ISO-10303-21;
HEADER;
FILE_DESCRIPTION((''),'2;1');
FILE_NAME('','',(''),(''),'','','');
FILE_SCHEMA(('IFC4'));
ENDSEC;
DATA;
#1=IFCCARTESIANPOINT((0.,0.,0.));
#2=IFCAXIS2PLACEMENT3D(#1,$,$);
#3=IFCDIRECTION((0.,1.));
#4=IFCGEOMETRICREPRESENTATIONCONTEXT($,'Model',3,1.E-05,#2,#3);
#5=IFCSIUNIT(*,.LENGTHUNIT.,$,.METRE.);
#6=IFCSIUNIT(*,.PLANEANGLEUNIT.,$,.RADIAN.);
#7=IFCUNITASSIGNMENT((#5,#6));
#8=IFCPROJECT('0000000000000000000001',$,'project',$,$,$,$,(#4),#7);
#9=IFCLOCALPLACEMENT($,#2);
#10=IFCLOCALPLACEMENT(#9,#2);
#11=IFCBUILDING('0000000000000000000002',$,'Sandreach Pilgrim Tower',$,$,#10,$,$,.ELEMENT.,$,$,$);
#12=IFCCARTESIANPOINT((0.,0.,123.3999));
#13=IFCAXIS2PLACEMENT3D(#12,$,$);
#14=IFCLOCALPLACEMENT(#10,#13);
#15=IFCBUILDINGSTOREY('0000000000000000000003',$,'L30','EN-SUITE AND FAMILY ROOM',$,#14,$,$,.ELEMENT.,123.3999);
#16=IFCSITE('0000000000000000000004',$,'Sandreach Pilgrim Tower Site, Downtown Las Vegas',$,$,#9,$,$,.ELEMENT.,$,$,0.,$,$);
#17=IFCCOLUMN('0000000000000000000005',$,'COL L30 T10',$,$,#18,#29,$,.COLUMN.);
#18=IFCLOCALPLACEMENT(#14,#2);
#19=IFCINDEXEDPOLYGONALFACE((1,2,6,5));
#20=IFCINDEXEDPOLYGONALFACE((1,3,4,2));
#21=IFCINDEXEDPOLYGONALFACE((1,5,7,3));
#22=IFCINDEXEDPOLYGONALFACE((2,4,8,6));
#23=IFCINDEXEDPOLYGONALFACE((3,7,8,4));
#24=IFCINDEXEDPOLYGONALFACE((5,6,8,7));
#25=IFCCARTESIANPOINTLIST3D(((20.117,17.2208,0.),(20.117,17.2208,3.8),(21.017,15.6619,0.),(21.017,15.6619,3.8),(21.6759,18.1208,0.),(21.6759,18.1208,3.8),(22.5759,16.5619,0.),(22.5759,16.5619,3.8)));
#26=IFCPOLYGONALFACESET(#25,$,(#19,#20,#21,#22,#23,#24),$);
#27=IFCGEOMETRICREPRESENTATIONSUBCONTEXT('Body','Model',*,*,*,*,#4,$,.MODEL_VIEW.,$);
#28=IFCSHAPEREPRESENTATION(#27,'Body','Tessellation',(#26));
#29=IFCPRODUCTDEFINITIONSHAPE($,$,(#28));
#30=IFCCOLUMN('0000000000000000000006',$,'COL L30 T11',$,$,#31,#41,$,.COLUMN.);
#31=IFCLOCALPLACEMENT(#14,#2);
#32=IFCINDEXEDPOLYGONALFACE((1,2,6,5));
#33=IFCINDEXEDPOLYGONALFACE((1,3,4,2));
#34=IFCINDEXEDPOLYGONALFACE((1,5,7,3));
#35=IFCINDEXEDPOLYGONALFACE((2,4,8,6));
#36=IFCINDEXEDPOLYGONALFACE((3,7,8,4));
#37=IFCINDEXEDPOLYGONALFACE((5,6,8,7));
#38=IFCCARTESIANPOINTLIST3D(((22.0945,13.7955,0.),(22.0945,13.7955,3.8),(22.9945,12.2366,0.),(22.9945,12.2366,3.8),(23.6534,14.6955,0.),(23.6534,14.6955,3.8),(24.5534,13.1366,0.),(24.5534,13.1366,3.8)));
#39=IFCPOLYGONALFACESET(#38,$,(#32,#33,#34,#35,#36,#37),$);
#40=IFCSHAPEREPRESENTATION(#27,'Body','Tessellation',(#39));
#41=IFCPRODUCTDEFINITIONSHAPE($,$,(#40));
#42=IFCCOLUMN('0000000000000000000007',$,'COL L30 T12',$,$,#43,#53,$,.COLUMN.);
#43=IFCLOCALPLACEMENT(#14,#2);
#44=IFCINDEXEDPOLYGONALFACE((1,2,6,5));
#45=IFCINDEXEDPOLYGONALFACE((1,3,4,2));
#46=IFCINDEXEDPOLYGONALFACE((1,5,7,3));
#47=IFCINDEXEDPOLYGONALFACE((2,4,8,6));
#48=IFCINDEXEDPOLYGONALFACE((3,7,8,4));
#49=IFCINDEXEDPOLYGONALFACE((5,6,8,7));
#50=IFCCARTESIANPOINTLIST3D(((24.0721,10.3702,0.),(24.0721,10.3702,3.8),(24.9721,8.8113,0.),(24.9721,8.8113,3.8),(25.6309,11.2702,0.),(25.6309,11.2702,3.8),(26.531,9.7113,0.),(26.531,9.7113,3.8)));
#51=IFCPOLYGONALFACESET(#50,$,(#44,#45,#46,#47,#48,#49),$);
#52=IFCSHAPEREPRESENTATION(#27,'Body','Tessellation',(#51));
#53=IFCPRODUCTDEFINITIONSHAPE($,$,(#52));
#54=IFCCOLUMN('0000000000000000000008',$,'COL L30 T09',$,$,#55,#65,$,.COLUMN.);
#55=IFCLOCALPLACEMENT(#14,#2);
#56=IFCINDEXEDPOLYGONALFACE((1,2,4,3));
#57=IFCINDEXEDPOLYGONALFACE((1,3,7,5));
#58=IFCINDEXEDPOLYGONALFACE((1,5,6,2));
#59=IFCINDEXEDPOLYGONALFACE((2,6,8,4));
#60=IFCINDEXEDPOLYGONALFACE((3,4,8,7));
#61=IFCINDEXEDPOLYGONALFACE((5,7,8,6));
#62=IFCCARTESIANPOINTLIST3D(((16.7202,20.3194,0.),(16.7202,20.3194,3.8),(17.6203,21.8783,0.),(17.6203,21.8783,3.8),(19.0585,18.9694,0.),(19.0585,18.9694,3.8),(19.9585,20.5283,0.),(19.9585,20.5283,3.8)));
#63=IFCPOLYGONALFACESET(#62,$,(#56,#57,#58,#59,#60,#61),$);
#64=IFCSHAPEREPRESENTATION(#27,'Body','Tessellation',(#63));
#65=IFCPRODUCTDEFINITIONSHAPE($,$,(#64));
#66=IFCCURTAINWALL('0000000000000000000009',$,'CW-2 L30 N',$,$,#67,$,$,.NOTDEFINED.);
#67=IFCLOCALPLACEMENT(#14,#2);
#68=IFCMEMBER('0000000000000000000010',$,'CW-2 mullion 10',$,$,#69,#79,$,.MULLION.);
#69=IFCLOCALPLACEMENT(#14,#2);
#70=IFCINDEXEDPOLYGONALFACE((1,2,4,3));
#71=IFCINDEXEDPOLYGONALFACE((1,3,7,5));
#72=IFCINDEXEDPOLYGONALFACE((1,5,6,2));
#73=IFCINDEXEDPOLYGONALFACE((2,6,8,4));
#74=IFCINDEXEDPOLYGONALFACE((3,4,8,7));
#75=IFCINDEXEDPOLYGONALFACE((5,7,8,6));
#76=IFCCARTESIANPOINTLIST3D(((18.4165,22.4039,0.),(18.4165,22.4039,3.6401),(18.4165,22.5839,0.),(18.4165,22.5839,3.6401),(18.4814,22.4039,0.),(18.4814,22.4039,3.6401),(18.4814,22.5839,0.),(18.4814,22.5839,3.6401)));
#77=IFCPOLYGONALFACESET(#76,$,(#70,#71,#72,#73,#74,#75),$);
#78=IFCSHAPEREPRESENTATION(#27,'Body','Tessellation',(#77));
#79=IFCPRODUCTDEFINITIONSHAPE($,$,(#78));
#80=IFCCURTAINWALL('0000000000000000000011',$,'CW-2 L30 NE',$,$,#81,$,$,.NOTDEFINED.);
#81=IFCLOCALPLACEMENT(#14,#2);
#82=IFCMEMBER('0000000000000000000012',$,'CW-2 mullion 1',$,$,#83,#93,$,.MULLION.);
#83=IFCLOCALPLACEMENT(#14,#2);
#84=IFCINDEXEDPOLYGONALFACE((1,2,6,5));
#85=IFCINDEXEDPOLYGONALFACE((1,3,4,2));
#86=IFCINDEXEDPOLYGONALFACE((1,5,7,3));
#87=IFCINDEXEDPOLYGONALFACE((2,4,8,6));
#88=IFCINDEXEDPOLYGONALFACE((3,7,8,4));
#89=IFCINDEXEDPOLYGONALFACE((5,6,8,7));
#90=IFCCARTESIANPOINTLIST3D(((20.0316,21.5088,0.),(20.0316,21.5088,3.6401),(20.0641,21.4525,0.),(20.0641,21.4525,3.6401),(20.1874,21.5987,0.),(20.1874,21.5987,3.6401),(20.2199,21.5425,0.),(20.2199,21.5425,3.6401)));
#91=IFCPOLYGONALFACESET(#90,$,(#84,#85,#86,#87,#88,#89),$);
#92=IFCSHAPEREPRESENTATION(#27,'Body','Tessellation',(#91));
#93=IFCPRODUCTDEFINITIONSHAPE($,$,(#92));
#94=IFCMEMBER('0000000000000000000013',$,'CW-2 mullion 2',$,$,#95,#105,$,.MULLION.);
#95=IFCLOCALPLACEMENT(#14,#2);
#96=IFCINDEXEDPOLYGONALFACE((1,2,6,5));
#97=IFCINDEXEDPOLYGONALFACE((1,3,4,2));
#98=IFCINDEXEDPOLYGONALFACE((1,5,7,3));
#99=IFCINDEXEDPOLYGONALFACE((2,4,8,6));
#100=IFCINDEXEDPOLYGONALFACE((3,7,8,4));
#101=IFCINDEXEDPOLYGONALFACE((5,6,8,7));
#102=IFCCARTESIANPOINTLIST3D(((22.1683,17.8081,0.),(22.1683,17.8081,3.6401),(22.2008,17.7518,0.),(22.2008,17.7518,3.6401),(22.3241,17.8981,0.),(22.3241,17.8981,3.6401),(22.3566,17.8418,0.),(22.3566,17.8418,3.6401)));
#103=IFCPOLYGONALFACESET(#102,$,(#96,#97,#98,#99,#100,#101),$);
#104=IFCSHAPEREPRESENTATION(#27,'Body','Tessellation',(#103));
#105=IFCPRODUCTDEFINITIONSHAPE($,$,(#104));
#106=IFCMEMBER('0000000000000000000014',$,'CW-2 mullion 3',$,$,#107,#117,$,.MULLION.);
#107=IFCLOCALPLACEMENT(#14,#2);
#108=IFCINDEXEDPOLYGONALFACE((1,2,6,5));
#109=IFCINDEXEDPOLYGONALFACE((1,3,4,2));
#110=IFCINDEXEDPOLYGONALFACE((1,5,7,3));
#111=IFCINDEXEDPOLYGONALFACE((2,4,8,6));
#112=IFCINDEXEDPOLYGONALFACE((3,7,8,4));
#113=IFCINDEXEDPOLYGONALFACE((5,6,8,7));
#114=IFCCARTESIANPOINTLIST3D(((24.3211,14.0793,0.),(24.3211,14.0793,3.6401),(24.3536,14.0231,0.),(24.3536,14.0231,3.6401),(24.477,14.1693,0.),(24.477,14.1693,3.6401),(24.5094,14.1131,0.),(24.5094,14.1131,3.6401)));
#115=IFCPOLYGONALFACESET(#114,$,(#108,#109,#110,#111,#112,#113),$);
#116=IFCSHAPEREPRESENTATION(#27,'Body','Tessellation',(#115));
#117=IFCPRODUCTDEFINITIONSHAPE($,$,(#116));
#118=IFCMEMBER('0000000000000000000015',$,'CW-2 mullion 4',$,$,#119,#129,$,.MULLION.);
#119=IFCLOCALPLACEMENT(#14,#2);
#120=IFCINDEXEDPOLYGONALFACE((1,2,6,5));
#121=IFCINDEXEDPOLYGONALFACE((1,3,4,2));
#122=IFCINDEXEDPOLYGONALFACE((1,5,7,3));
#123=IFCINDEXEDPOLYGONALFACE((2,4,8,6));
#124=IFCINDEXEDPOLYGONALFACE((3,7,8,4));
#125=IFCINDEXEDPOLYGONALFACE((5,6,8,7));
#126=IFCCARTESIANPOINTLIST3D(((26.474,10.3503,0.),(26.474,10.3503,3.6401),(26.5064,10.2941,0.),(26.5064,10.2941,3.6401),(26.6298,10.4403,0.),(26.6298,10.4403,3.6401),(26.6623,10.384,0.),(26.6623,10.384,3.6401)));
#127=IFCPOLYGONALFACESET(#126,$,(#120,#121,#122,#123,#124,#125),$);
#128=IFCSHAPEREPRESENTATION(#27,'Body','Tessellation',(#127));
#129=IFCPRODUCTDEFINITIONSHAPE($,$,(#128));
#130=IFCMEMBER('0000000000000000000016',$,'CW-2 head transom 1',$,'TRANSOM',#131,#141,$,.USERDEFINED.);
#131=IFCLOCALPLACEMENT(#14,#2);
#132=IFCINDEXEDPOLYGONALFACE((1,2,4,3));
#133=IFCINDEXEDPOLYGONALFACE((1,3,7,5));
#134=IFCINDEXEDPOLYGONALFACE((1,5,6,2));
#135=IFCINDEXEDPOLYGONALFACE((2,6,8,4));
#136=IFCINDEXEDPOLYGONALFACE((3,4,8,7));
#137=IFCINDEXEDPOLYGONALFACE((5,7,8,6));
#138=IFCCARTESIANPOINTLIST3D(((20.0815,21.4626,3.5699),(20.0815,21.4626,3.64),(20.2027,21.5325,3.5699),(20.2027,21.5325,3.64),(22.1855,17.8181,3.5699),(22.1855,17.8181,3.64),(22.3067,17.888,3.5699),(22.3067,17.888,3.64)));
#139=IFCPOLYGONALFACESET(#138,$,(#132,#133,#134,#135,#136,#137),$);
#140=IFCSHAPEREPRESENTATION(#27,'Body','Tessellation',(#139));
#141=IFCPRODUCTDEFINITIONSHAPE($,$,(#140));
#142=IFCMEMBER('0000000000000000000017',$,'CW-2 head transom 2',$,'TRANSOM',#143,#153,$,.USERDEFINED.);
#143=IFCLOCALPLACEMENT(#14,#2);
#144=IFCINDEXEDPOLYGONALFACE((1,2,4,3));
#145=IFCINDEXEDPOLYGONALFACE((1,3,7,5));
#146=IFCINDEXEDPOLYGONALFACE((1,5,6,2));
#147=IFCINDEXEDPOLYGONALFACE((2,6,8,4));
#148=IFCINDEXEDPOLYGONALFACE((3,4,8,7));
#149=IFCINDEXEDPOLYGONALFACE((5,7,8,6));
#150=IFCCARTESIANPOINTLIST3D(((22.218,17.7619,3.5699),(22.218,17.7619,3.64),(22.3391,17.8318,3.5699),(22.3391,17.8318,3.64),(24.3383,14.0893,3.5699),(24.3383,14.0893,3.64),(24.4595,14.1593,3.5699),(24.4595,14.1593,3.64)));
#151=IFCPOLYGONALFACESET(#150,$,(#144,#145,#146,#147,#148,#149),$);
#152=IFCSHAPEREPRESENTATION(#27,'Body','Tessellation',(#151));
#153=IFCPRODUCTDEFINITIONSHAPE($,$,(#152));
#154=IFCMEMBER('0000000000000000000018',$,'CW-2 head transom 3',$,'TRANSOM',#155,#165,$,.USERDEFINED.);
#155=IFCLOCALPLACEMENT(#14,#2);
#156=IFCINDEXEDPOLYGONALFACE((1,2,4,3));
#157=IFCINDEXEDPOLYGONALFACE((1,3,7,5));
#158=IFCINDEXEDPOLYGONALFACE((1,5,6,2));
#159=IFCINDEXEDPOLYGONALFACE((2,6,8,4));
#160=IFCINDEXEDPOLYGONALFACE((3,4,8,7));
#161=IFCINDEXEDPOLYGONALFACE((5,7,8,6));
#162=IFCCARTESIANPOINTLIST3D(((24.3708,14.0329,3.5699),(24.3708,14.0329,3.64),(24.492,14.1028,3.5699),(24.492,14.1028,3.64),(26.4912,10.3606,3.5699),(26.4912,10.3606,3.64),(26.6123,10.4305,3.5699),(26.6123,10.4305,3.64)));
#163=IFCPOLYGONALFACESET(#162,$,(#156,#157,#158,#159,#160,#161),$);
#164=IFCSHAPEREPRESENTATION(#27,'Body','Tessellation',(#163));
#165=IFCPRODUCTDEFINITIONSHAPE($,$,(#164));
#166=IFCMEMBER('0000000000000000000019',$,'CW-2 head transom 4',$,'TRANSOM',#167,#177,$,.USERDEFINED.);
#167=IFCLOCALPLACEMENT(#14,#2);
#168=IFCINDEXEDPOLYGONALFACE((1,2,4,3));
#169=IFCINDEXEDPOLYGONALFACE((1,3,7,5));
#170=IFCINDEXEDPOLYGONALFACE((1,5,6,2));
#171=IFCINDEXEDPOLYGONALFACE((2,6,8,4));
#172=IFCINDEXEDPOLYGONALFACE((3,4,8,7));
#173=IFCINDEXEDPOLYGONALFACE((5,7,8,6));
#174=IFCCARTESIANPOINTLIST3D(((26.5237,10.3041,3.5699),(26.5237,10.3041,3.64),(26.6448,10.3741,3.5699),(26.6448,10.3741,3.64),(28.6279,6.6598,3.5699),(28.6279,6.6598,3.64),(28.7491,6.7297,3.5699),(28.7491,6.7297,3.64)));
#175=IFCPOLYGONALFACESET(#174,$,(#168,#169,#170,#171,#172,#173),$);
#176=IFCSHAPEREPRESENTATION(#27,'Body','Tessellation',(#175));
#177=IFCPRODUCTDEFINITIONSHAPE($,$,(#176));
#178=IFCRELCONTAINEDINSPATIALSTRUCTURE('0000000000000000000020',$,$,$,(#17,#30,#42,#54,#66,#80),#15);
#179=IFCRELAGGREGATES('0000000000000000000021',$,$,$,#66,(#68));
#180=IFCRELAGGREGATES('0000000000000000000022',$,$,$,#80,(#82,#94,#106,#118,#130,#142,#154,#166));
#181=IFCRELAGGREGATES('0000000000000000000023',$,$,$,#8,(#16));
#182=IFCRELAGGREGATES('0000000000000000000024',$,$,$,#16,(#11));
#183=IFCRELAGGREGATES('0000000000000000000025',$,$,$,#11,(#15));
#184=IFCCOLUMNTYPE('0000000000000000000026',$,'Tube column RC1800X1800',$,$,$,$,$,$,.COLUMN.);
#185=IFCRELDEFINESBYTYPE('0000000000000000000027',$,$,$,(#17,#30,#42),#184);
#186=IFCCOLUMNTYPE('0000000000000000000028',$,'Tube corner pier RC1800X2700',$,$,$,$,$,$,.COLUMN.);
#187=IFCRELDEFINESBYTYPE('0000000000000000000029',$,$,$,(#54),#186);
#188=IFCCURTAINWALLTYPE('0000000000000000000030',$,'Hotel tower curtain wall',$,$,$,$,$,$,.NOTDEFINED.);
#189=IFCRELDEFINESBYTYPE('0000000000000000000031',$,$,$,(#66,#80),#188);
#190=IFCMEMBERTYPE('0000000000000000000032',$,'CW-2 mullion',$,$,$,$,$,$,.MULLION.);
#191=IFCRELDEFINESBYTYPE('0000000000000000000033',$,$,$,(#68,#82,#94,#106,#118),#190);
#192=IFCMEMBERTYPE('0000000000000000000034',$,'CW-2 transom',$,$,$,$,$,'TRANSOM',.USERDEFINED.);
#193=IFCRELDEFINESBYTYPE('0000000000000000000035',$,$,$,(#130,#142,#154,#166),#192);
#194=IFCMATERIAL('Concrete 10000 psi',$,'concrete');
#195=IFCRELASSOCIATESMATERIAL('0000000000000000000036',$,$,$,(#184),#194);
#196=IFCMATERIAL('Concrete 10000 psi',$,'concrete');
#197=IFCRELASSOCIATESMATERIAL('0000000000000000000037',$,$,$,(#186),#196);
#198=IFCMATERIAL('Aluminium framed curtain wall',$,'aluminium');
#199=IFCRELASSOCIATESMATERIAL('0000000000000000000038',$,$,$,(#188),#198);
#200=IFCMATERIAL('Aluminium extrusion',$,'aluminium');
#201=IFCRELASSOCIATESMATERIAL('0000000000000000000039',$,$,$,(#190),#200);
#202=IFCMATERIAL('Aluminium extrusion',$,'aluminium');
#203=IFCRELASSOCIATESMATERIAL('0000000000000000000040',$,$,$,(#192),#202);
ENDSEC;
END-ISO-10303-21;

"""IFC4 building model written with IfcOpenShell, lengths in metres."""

from ifc_helpers import new_model, si_unit, direction, frame, origin, origin_2d, place, context, subcontext, project, spatial, rectangle, extrude, material, material_profile, profile_set, type_object, element, aggregate, save


model = new_model("IFC4")

# Units and contexts
model_context = context("Model", 3, precision=1e-05, world=origin(), true_north=direction((0.0, 1.0)))
body_context = subcontext(model_context, "Body", "Model", "MODEL_VIEW")
ifc_project = project(units=[si_unit("LENGTHUNIT", "METRE"), si_unit("PLANEANGLEUNIT", "RADIAN")], contexts=[model_context])

# Site, building, storey
site_placement = place(None, origin())
site = spatial("IfcSite", under=ifc_project, at=site_placement, Name="Sandreach Pilgrim Tower Site, Downtown Las Vegas", CompositionType="ELEMENT", RefElevation=0.0)
building_placement = place(site_placement, origin())
building = spatial("IfcBuilding", under=site, at=building_placement, Name="Sandreach Pilgrim Tower", CompositionType="ELEMENT")
storey_placement = place(building_placement, frame((0.0, 0.0, 123.3999)))
storey = spatial("IfcBuildingStorey", under=building, at=storey_placement, Name="L30", Description="EN-SUITE AND FAMILY ROOM", CompositionType="ELEMENT", Elevation=123.3999)

# Columns
ifc_material_1 = material(Name="Concrete 10000 psi", Category="concrete")
ifc_material_profile_1 = material_profile(ifc_material_1, rectangle(XDim=1.8, YDim=1.8, at=origin_2d()), Name="RC1800X1800")
ifc_profile_set_1 = profile_set([ifc_material_profile_1], Name="Concrete 10000 psi")
column_type_1 = type_object("IfcColumnType", Name="Tube column RC1800X1800", PredefinedType="COLUMN", material=ifc_profile_set_1)
for number, where, z_axis, x_axis, name in (
    (1, (21.3464, 16.8914, 0.0), (0.0, 0.0, 1.0), (0.866025, 0.5, 0.0), "COL L30 T10"),
    (2, (23.324, 13.4661, 0.0), (0.0, 0.0, 1.0), (0.866025, 0.5, 0.0), "COL L30 T11"),
    (3, (25.3015, 10.0408, 0.0), (0.0, 0.0, 1.0), (0.866025, 0.5, 0.0), "COL L30 T12"),
):
    element("IfcColumn", number, at=place(storey_placement, frame(where, z_axis=z_axis, x_axis=x_axis)), inside=storey, type_object=column_type_1, Name=name, PredefinedType="COLUMN", context=body_context, shape_type="SweptSolid", body=[
        extrude(rectangle(XDim=1.8, YDim=1.8, at=origin_2d()), origin(), (0.0, 0.0, 1.0), 3.8),
    ])
ifc_material_2 = material(Name="Concrete 10000 psi", Category="concrete")
ifc_material_profile_2 = material_profile(ifc_material_2, rectangle(XDim=1.8, YDim=2.7, at=origin_2d()), Name="RC1800X2700")
ifc_profile_set_2 = profile_set([ifc_material_profile_2], Name="Concrete 10000 psi")
column_type_2 = type_object("IfcColumnType", Name="Tube corner pier RC1800X2700", PredefinedType="COLUMN", material=ifc_profile_set_2)
column_placement = place(storey_placement, frame((18.3394, 20.4238, 0.0), z_axis=(0.0, 0.0, 1.0), x_axis=(0.5, 0.866025, 0.0)))
element("IfcColumn", 4, at=column_placement, inside=storey, type_object=column_type_2, Name="COL L30 T09", PredefinedType="COLUMN", context=body_context, shape_type="SweptSolid", body=[
    extrude(rectangle(XDim=1.8, YDim=2.7, at=origin_2d()), origin(), (0.0, 0.0, 1.0), 3.8),
])

# Curtain wall, member
ifc_material_3 = material(Name="Aluminium framed curtain wall", Category="aluminium")
curtain_wall_type = type_object("IfcCurtainWallType", Name="Hotel tower curtain wall", PredefinedType="NOTDEFINED", material=ifc_material_3)
curtain_wall_1_placement = place(storey_placement, origin())
curtain_wall_1 = element("IfcCurtainWall", 5, at=curtain_wall_1_placement, inside=storey, type_object=curtain_wall_type, Name="CW-2 L30 N", PredefinedType="NOTDEFINED")
ifc_material_4 = material(Name="Aluminium extrusion", Category="aluminium")
ifc_material_profile_3 = material_profile(ifc_material_4, rectangle(XDim=0.0649, YDim=0.1799, at=origin_2d()), Name="CW-2M 65X180")
ifc_profile_set_3 = profile_set([ifc_material_profile_3], Name="Aluminium extrusion")
member_type_1 = type_object("IfcMemberType", Name="CW-2 mullion", PredefinedType="MULLION", material=ifc_profile_set_3)
member_1_placement = place(storey_placement, frame((18.449, 22.4939, 0.0), z_axis=(0.0, 0.0, 1.0), x_axis=(1.0, 0.0, 0.0)))
member_1 = element("IfcMember", 6, at=member_1_placement, type_object=member_type_1, Name="CW-2 mullion 10", PredefinedType="MULLION", context=body_context, shape_type="SweptSolid", body=[
    extrude(rectangle(XDim=0.0649, YDim=0.1799, at=origin_2d()), origin(), (0.0, 0.0, 1.0), 3.6401),
])

# Curtain wall, members
curtain_wall_2_placement = place(storey_placement, origin())
curtain_wall_2 = element("IfcCurtainWall", 7, at=curtain_wall_2_placement, inside=storey, type_object=curtain_wall_type, Name="CW-2 L30 NE", PredefinedType="NOTDEFINED")
member_2_placement = place(storey_placement, frame((20.1257, 21.5256, 0.0), z_axis=(0.0, 0.0, 1.0), x_axis=(0.5, -0.866025, 0.0)))
member_2 = element("IfcMember", 8, at=member_2_placement, type_object=member_type_1, Name="CW-2 mullion 1", PredefinedType="MULLION", context=body_context, shape_type="SweptSolid", body=[
    extrude(rectangle(XDim=0.0649, YDim=0.1799, at=origin_2d()), origin(), (0.0, 0.0, 1.0), 3.6401),
])
member_3_placement = place(storey_placement, frame((22.2625, 17.825, 0.0), z_axis=(0.0, 0.0, 1.0), x_axis=(0.5, -0.866025, 0.0)))
member_3 = element("IfcMember", 9, at=member_3_placement, type_object=member_type_1, Name="CW-2 mullion 2", PredefinedType="MULLION", context=body_context, shape_type="SweptSolid", body=[
    extrude(rectangle(XDim=0.0649, YDim=0.1799, at=origin_2d()), origin(), (0.0, 0.0, 1.0), 3.6401),
])
member_4_placement = place(storey_placement, frame((24.4153, 14.0962, 0.0), z_axis=(0.0, 0.0, 1.0), x_axis=(0.5, -0.866025, 0.0)))
member_4 = element("IfcMember", 10, at=member_4_placement, type_object=member_type_1, Name="CW-2 mullion 3", PredefinedType="MULLION", context=body_context, shape_type="SweptSolid", body=[
    extrude(rectangle(XDim=0.0649, YDim=0.1799, at=origin_2d()), origin(), (0.0, 0.0, 1.0), 3.6401),
])
member_5_placement = place(storey_placement, frame((26.5681, 10.3672, 0.0), z_axis=(0.0, 0.0, 1.0), x_axis=(0.5, -0.866025, 0.0)))
member_5 = element("IfcMember", 11, at=member_5_placement, type_object=member_type_1, Name="CW-2 mullion 4", PredefinedType="MULLION", context=body_context, shape_type="SweptSolid", body=[
    extrude(rectangle(XDim=0.0649, YDim=0.1799, at=origin_2d()), origin(), (0.0, 0.0, 1.0), 3.6401),
])
ifc_material_5 = material(Name="Aluminium extrusion", Category="aluminium")
ifc_material_profile_4 = material_profile(ifc_material_5, rectangle(XDim=0.1399, YDim=0.0701, at=origin_2d()), Name="CW-2T 140X70")
ifc_profile_set_4 = profile_set([ifc_material_profile_4], Name="Aluminium extrusion")
member_type_2 = type_object("IfcMemberType", Name="CW-2 transom", ElementType="TRANSOM", PredefinedType="USERDEFINED", material=ifc_profile_set_4)
member_6_placement = place(storey_placement, frame((20.1421, 21.4976, 3.605), z_axis=(0.49997, -0.866043, 0.0), x_axis=(0.866043, 0.49997, 0.0)))
member_6 = element("IfcMember", 12, at=member_6_placement, type_object=member_type_2, Name="CW-2 head transom 1", ObjectType="TRANSOM", PredefinedType="USERDEFINED", context=body_context, shape_type="SweptSolid", body=[
    extrude(rectangle(XDim=0.1399, YDim=0.0701, at=origin_2d()), origin(), (0.0, 0.0, 1.0), 4.2083),
])
member_7_placement = place(storey_placement, frame((22.2786, 17.7969, 3.605), z_axis=(0.499997, -0.866027, 0.0), x_axis=(0.866027, 0.499997, 0.0)))
member_7 = element("IfcMember", 13, at=member_7_placement, type_object=member_type_2, Name="CW-2 head transom 2", ObjectType="TRANSOM", PredefinedType="USERDEFINED", context=body_context, shape_type="SweptSolid", body=[
    extrude(rectangle(XDim=0.1399, YDim=0.0701, at=origin_2d()), origin(), (0.0, 0.0, 1.0), 4.2407),
])
member_8_placement = place(storey_placement, frame((24.4314, 14.0679, 3.605), z_axis=(0.500021, -0.866013, 0.0), x_axis=(0.866013, 0.500021, 0.0)))
member_8 = element("IfcMember", 14, at=member_8_placement, type_object=member_type_2, Name="CW-2 head transom 3", ObjectType="TRANSOM", PredefinedType="USERDEFINED", context=body_context, shape_type="SweptSolid", body=[
    extrude(rectangle(XDim=0.1399, YDim=0.0701, at=origin_2d()), origin(), (0.0, 0.0, 1.0), 4.2405),
])
member_9_placement = place(storey_placement, frame((26.5842, 10.3391, 3.605), z_axis=(0.500039, -0.866003, 0.0), x_axis=(0.866003, 0.500039, 0.0)))
member_9 = element("IfcMember", 15, at=member_9_placement, type_object=member_type_2, Name="CW-2 head transom 4", ObjectType="TRANSOM", PredefinedType="USERDEFINED", context=body_context, shape_type="SweptSolid", body=[
    extrude(rectangle(XDim=0.1399, YDim=0.0701, at=origin_2d()), origin(), (0.0, 0.0, 1.0), 4.2083),
])

aggregate(curtain_wall_1, [member_1])
aggregate(curtain_wall_2, [member_2, member_3, member_4, member_5, member_6, member_7, member_8, member_9])

save(model, "model.ifc")
